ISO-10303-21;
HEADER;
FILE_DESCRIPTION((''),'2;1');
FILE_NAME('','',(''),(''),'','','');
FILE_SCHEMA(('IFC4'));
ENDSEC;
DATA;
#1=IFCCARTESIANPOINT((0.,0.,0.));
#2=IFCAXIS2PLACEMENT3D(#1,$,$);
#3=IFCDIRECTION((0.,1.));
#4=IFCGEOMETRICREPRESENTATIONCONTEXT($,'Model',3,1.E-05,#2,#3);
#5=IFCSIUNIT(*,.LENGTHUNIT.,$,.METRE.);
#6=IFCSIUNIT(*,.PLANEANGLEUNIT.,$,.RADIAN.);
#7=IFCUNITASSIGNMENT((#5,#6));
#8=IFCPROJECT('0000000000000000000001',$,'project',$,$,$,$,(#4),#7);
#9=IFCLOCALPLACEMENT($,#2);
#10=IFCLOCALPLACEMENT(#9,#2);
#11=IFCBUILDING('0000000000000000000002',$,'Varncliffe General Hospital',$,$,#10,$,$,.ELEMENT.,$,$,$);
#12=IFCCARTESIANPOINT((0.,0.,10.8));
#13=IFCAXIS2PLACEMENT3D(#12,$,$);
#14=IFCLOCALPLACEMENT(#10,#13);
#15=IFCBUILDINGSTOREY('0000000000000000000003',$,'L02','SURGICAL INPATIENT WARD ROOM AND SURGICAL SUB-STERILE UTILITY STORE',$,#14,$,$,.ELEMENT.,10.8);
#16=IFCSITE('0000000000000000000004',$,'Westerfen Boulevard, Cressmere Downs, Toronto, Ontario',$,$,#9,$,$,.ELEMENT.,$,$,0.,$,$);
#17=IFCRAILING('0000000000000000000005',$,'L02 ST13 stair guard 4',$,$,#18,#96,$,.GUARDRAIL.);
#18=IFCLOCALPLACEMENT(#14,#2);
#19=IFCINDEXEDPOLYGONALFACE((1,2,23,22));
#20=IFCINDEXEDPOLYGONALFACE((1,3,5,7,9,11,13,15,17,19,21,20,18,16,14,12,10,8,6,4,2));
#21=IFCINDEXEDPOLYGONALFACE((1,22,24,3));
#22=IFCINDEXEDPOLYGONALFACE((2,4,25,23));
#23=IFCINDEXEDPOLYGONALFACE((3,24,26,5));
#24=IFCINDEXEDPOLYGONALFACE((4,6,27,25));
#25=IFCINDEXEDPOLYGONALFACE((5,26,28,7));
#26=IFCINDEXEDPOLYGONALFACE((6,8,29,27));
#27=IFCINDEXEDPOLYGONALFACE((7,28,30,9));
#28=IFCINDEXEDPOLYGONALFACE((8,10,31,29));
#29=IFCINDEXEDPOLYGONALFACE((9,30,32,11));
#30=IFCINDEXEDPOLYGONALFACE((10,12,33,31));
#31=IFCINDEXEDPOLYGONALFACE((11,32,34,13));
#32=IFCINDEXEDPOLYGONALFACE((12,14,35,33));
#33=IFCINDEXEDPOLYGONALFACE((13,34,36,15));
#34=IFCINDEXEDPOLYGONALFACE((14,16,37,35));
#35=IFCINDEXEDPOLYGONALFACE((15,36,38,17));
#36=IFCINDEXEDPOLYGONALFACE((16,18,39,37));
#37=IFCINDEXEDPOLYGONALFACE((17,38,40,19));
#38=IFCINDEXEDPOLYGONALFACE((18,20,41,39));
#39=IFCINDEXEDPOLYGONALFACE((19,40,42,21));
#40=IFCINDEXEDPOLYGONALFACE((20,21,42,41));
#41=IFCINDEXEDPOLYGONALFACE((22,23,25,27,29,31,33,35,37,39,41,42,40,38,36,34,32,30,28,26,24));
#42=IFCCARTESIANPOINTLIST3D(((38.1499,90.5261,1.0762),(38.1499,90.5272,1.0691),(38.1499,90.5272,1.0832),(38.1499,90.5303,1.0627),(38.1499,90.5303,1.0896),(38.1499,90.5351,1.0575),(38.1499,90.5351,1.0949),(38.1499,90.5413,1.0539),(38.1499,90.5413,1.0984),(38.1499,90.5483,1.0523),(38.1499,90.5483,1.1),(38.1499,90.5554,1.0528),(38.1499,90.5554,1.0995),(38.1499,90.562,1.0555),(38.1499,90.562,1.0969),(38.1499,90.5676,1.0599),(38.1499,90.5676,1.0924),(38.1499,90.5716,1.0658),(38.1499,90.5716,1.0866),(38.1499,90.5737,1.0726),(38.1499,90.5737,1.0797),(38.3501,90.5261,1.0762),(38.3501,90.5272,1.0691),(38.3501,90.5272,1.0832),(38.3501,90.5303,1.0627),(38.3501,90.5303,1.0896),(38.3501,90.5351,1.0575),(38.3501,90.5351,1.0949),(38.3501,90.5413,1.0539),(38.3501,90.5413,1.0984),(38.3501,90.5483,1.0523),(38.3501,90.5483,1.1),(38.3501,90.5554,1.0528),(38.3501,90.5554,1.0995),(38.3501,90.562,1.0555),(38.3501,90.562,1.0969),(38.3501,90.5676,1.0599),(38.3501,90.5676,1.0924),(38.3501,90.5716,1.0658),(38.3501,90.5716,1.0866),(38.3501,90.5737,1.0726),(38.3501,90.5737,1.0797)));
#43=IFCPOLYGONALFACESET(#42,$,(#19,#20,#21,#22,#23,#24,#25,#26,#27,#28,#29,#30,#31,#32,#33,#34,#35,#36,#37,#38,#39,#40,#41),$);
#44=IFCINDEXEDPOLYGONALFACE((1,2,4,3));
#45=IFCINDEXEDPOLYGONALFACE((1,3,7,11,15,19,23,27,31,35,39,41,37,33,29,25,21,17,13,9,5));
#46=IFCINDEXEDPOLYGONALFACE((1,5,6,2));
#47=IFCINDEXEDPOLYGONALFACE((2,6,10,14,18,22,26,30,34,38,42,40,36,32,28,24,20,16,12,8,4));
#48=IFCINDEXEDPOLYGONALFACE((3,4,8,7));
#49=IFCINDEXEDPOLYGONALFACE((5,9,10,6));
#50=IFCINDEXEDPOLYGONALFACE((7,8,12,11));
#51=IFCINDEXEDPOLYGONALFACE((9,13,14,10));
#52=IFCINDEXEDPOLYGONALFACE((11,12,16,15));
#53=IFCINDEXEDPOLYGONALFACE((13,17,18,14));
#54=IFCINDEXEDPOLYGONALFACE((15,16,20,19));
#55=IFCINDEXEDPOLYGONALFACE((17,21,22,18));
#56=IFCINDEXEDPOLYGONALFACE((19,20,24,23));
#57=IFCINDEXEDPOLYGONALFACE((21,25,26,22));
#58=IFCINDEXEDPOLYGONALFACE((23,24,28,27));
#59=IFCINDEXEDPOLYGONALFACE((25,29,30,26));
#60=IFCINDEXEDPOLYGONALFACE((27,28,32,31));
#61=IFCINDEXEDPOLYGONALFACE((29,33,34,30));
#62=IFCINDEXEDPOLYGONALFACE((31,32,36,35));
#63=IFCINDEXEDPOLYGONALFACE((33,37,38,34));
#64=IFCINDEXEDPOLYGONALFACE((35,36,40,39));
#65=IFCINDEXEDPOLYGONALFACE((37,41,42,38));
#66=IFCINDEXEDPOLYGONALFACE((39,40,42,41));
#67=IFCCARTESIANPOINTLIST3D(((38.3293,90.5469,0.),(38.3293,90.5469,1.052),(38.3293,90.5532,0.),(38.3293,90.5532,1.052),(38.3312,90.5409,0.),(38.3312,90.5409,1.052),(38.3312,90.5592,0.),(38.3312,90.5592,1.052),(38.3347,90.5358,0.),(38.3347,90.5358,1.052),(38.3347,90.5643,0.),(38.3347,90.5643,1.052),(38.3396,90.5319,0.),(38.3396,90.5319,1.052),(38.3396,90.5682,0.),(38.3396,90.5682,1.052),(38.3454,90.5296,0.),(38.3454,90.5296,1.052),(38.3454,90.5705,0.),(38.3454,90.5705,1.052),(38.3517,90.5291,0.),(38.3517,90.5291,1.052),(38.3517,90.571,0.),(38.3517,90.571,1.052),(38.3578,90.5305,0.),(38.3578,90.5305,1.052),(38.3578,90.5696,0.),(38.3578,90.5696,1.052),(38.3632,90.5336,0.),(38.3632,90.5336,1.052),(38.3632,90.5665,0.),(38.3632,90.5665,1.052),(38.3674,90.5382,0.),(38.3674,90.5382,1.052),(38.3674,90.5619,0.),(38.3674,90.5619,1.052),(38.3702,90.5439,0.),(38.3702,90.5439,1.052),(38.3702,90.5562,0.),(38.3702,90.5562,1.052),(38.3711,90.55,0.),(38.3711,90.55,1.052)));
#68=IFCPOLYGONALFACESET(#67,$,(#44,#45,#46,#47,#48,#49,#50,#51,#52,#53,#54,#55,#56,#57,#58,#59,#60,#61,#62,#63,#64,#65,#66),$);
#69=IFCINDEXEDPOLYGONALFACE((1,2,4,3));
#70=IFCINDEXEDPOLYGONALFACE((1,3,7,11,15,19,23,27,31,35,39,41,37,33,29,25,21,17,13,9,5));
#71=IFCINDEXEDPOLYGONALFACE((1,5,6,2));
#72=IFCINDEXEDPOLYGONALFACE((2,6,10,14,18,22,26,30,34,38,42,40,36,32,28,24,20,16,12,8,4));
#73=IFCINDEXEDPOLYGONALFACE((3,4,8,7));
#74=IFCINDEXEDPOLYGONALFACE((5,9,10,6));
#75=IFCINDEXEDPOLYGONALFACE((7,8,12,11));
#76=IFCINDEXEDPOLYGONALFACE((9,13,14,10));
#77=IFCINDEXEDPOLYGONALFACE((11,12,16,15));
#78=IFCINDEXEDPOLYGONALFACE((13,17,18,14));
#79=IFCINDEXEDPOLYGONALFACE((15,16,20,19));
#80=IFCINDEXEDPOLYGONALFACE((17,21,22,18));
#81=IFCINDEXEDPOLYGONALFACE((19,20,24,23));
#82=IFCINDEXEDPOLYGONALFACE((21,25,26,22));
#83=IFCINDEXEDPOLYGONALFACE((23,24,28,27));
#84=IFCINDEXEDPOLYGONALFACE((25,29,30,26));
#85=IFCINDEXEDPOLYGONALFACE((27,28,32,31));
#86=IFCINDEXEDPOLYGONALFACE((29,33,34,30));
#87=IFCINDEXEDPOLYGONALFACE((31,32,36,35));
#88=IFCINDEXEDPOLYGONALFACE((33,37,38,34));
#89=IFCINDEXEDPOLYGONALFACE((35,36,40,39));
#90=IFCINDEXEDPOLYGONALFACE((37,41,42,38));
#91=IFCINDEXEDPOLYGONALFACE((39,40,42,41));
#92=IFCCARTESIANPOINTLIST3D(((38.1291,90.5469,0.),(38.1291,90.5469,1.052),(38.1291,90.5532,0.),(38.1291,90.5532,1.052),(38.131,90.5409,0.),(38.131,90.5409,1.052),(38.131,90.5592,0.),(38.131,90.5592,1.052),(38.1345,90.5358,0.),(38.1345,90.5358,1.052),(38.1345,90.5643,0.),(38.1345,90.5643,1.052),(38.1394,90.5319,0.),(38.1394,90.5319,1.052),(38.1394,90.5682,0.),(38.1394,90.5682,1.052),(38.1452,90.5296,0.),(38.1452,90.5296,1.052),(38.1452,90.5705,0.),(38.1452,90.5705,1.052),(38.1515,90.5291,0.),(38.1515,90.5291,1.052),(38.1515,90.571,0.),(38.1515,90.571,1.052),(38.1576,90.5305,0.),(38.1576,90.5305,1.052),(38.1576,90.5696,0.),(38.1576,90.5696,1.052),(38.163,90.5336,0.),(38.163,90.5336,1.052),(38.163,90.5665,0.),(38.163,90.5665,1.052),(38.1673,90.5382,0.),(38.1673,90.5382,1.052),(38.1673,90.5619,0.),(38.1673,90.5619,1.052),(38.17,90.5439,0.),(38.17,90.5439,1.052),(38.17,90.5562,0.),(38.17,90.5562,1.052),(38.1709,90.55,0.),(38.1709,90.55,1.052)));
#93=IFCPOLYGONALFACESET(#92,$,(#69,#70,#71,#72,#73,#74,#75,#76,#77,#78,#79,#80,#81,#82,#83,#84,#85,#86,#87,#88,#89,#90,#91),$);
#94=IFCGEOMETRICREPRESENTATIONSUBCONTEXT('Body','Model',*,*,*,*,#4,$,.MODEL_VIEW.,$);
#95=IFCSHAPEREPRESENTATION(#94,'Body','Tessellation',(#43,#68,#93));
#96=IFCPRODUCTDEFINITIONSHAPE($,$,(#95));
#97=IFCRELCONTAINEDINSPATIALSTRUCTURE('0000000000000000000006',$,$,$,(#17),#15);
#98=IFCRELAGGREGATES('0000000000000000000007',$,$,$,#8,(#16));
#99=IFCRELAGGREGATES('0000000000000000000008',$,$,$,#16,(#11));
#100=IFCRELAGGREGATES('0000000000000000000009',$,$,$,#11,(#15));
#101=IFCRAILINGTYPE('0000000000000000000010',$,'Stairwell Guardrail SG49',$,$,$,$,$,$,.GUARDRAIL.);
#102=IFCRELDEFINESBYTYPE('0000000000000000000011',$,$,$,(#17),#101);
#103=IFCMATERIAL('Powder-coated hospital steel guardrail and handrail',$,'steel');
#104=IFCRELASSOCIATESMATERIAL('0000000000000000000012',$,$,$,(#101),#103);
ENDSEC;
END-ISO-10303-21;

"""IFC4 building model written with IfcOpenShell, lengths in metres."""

from ifc_helpers import new_model, si_unit, direction, frame, origin, origin_2d, place, context, subcontext, project, spatial, circle, extrude, material, type_object, element, save


model = new_model("IFC4")

# Units and contexts
model_context = context("Model", 3, precision=1e-05, world=origin(), true_north=direction((0.0, 1.0)))
body_context = subcontext(model_context, "Body", "Model", "MODEL_VIEW")
ifc_project = project(units=[si_unit("LENGTHUNIT", "METRE"), si_unit("PLANEANGLEUNIT", "RADIAN")], contexts=[model_context])

# Site, building, storey
site_placement = place(None, origin())
site = spatial("IfcSite", under=ifc_project, at=site_placement, Name="Westerfen Boulevard, Cressmere Downs, Toronto, Ontario", CompositionType="ELEMENT", RefElevation=0.0)
building_placement = place(site_placement, origin())
building = spatial("IfcBuilding", under=site, at=building_placement, Name="Varncliffe General Hospital", CompositionType="ELEMENT")
storey_placement = place(building_placement, frame((0.0, 0.0, 10.8)))
storey = spatial("IfcBuildingStorey", under=building, at=storey_placement, Name="L02", Description="SURGICAL INPATIENT WARD ROOM AND SURGICAL SUB-STERILE UTILITY STORE", CompositionType="ELEMENT", Elevation=10.8)

# Railing
ifc_material_1 = material(Name="Powder-coated hospital steel guardrail and handrail", Category="steel")
railing_type_1 = type_object("IfcRailingType", Name="Stairwell Guardrail SG49", PredefinedType="GUARDRAIL", material=ifc_material_1)
railing_1_placement = place(storey_placement, frame((38.3501, 90.55, 0.0)))
element("IfcRailing", 1, at=railing_1_placement, inside=storey, type_object=railing_type_1, Name="L02 ST13 stair guard 4", PredefinedType="GUARDRAIL", context=body_context, shape_type="SweptSolid", body=[
    extrude(circle(Radius=0.0239, at=origin_2d()), frame((0.0, 0.0, 1.0762), z_axis=(-1.0, 0.0, 0.0), x_axis=(0.0, -1.0, 0.0)), (0.0, 0.0, 1.0), 0.2002),
    extrude(circle(Radius=0.021, at=origin_2d()), origin(), (0.0, 0.0, 1.0), 1.052),
    extrude(circle(Radius=0.021, at=origin_2d()), frame((-0.2002, 0.0, 0.0)), (0.0, 0.0, 1.0), 1.052),
])

save(model, "model.ifc")
